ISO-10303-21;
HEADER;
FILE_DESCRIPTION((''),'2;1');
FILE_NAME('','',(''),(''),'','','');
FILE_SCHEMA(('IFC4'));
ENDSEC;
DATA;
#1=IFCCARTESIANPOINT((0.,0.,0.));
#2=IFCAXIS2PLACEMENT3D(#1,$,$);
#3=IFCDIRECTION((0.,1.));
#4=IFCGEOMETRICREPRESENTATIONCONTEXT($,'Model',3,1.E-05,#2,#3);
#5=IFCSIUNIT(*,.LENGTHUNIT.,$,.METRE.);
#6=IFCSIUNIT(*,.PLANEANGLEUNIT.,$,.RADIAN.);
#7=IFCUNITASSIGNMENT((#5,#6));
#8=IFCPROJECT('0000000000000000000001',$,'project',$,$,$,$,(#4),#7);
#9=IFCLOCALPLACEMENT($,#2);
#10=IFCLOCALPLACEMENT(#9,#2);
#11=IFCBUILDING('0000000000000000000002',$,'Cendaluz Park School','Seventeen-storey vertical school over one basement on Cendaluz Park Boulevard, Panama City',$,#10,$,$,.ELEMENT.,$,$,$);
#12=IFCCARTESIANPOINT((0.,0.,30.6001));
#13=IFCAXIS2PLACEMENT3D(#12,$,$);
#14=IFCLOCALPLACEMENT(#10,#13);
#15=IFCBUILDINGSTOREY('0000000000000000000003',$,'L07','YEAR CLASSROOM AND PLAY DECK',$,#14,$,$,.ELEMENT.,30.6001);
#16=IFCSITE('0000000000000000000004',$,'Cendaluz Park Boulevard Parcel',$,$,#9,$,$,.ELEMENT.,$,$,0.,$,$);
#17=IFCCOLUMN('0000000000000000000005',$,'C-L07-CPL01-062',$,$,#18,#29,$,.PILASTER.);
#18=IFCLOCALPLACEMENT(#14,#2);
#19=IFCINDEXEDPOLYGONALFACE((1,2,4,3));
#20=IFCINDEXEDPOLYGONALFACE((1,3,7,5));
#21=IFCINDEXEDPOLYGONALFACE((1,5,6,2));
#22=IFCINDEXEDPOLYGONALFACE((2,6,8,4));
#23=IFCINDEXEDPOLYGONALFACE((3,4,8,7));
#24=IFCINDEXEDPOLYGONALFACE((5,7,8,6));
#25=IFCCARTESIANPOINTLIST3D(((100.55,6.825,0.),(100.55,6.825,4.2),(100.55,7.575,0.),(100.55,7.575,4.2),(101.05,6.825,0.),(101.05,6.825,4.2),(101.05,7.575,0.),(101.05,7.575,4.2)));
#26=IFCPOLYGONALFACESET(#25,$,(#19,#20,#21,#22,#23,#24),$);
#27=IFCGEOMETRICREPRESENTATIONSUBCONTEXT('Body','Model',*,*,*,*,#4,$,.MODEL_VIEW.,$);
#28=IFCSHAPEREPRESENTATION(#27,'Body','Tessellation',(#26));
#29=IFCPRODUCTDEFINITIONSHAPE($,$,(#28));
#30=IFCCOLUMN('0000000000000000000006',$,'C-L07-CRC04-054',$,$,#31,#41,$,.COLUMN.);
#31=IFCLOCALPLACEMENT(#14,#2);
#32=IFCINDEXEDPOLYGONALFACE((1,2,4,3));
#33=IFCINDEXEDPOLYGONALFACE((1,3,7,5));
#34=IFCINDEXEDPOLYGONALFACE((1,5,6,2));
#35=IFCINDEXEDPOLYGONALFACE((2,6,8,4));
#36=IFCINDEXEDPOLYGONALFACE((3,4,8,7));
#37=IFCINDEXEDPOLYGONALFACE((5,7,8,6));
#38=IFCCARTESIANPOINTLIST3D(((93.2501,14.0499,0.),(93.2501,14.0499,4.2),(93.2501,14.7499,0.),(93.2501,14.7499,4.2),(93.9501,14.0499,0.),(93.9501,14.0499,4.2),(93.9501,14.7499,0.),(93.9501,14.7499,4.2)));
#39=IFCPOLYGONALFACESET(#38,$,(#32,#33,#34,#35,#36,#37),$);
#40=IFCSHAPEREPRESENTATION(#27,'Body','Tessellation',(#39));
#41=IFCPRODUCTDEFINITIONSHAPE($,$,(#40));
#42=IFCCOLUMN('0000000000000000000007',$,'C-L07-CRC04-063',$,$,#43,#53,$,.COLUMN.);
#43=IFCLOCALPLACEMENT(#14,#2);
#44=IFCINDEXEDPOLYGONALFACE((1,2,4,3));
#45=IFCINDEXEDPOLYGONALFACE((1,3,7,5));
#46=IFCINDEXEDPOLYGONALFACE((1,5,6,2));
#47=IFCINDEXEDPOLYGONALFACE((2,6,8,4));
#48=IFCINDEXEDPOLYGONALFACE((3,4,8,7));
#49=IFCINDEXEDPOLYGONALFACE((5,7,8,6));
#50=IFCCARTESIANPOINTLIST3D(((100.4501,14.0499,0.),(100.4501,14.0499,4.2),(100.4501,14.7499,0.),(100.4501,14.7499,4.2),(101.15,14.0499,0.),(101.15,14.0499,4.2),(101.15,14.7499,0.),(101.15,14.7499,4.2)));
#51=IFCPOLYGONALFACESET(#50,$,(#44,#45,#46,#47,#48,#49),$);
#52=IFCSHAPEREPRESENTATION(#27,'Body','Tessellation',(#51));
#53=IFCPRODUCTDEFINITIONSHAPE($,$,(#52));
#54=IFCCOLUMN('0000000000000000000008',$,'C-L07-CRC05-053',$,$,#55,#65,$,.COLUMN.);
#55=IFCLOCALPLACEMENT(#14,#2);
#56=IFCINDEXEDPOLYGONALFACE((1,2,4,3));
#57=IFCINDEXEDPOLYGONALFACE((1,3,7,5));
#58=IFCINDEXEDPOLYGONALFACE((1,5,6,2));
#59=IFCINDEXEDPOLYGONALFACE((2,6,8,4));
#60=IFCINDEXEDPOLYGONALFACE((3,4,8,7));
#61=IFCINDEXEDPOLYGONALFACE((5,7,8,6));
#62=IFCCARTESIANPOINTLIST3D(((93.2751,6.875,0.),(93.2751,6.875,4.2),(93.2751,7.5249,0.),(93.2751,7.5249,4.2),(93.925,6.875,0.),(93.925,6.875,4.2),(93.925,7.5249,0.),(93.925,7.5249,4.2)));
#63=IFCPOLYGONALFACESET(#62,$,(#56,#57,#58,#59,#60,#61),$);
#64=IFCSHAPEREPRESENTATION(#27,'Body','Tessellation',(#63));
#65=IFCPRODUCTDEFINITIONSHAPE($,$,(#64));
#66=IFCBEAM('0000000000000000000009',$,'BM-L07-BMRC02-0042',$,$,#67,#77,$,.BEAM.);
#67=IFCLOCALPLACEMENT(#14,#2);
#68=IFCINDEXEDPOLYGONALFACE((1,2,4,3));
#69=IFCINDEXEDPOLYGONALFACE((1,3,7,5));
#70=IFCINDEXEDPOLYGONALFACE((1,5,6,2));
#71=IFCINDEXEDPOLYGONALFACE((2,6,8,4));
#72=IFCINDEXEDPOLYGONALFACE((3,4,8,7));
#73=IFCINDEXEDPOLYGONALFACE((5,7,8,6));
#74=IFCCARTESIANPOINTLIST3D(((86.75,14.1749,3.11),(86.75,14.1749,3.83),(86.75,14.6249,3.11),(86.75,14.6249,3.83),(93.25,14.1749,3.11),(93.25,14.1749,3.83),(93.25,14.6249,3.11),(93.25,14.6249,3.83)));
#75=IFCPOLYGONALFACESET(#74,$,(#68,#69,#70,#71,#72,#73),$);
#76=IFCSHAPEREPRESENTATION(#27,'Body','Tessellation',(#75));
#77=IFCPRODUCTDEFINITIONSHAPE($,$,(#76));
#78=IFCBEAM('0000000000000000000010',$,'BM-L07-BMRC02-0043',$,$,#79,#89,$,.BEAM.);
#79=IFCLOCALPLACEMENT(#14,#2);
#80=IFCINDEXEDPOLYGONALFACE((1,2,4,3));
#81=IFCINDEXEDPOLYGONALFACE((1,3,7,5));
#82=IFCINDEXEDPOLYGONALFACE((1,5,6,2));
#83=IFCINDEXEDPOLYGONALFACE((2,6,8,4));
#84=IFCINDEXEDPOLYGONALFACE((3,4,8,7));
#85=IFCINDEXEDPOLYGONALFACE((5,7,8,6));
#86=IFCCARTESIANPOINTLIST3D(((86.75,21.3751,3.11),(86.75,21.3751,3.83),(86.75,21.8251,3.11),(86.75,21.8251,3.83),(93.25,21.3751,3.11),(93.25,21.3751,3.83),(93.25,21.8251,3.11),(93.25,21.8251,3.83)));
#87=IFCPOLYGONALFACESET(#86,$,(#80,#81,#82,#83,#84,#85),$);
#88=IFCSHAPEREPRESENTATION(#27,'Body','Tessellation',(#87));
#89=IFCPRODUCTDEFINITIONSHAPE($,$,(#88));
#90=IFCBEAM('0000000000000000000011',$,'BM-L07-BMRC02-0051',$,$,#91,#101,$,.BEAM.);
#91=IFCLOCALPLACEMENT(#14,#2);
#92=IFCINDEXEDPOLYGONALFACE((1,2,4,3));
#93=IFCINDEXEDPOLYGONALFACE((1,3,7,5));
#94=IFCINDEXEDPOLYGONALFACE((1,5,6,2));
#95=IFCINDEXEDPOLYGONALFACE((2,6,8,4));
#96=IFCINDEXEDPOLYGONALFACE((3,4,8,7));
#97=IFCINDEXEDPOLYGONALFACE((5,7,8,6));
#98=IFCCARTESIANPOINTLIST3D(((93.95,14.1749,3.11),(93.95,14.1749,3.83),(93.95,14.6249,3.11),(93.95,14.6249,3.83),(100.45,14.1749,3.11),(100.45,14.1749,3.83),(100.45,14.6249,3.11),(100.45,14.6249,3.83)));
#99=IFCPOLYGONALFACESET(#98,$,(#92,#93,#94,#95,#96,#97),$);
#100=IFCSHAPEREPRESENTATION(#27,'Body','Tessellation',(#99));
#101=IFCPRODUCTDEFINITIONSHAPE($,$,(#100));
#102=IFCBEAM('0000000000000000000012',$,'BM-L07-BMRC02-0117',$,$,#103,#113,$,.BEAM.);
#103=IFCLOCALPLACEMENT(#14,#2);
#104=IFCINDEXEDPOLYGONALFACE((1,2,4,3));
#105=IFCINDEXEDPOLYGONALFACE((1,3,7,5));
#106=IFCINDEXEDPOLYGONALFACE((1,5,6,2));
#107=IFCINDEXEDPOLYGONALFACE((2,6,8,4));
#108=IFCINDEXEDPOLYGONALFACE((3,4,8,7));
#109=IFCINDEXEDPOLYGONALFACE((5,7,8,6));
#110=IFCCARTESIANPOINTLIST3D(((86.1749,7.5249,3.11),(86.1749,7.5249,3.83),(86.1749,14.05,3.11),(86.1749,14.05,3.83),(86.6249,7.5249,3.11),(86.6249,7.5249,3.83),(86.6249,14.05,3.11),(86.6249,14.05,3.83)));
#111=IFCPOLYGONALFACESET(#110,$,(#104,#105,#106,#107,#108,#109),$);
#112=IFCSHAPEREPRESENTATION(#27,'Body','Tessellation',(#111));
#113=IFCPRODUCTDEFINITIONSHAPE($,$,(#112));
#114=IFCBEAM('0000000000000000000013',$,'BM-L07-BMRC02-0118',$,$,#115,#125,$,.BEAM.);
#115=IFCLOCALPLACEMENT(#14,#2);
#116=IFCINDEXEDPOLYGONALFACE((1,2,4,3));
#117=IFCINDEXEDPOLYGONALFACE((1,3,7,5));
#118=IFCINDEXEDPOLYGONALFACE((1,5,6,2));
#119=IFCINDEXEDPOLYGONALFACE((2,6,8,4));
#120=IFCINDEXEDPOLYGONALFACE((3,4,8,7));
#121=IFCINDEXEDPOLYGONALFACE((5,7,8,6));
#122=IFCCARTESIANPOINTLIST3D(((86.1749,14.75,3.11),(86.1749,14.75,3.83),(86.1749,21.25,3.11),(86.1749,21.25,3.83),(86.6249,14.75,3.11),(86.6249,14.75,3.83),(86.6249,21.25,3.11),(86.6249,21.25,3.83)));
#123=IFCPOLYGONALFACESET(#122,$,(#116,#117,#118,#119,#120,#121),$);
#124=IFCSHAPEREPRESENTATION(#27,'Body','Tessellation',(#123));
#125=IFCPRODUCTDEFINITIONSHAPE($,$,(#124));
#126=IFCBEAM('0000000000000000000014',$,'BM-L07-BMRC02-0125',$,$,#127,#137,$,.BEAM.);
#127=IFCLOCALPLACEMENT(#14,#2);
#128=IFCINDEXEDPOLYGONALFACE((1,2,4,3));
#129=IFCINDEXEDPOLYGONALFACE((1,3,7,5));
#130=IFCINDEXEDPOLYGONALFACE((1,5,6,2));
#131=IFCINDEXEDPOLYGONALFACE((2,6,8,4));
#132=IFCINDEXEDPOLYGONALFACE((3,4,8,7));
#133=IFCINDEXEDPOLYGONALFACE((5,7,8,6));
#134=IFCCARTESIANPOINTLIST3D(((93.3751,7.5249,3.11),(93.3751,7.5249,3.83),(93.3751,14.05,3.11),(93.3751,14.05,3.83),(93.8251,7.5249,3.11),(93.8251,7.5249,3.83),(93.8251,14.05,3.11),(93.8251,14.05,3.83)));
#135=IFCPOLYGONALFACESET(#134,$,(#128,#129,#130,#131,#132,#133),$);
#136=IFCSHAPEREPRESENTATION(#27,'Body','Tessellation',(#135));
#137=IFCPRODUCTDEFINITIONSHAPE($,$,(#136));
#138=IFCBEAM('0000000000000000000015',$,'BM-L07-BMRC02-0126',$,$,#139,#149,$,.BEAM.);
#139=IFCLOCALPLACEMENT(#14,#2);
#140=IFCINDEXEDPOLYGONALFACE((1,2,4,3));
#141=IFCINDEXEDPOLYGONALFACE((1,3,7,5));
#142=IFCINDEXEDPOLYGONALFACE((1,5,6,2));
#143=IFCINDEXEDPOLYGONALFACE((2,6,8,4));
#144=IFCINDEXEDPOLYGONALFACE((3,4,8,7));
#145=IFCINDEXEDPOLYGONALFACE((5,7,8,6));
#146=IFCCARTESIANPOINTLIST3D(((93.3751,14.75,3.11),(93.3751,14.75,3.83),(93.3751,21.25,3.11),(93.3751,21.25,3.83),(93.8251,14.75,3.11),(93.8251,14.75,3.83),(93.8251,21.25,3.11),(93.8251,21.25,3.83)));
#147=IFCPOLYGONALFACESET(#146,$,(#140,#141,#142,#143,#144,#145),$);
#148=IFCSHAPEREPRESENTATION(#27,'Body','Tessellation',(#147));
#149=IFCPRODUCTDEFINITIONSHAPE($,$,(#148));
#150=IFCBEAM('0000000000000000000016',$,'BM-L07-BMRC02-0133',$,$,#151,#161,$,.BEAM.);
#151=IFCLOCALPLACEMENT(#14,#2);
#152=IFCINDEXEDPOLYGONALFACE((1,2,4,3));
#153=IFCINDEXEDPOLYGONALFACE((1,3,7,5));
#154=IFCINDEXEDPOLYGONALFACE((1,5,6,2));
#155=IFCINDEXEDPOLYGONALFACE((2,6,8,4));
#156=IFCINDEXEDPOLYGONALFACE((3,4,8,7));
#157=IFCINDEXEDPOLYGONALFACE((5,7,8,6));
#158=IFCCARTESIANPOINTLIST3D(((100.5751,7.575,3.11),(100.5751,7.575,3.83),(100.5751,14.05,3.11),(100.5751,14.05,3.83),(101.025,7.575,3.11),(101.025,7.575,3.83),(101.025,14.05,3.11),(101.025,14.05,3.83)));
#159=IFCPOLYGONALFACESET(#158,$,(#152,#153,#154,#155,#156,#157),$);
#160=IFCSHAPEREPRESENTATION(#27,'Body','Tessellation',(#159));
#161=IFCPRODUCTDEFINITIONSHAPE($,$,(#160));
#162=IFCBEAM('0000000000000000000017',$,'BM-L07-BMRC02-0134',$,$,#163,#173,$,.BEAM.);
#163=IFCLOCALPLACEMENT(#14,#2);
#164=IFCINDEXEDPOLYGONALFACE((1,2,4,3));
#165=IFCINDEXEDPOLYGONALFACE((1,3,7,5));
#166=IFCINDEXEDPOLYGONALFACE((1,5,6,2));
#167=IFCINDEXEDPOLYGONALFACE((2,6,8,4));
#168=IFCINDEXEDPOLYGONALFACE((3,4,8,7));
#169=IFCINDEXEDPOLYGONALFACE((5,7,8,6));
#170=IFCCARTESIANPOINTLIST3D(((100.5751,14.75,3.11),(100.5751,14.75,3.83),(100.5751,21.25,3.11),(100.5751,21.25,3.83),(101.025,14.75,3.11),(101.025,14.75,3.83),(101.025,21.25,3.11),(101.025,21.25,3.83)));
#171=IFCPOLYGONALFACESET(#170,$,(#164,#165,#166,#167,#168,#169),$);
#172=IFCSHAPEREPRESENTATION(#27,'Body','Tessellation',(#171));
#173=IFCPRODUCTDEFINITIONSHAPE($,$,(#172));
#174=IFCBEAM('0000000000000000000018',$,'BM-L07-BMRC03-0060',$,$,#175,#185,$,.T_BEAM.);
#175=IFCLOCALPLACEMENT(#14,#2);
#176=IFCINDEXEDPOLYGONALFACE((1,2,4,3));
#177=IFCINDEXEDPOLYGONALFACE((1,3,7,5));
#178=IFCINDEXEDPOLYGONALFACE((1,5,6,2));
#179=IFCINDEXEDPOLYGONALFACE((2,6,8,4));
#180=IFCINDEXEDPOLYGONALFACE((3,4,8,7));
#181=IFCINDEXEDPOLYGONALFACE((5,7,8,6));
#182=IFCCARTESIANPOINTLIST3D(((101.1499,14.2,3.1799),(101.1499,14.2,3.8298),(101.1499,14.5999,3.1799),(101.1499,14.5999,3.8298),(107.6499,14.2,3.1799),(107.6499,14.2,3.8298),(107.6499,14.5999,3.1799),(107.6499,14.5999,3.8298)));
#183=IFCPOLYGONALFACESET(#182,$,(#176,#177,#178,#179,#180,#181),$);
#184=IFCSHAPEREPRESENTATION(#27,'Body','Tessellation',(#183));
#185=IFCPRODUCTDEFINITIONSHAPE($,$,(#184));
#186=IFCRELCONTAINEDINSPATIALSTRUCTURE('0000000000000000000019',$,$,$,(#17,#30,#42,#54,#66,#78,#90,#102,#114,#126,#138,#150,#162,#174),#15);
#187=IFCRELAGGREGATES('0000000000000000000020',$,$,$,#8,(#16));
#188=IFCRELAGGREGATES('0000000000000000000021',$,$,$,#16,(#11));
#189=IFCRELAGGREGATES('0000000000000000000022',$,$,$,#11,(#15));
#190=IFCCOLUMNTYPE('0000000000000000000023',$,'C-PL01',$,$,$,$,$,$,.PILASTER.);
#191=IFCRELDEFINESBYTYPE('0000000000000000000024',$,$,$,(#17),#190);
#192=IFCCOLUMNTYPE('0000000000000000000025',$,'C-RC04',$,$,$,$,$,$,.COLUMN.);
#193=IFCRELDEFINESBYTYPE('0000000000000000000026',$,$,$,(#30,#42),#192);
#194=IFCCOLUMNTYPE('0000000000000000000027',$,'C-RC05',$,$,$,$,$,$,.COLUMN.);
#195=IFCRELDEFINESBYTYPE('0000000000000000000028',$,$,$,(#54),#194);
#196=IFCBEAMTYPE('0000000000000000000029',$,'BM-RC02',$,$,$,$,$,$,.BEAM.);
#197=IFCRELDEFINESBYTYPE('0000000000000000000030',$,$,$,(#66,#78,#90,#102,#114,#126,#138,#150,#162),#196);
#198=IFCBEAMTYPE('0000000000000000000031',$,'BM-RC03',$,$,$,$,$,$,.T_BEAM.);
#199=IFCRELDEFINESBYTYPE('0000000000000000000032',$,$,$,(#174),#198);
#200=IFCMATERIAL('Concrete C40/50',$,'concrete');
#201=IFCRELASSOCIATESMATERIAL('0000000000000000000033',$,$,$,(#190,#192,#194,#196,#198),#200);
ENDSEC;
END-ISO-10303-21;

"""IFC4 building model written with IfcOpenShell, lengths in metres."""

from ifc_helpers import new_model, si_unit, direction, frame, origin, origin_2d, place, context, subcontext, project, spatial, rectangle, extrude, material, material_profile, profile_set, type_object, element, save


model = new_model("IFC4")

# Units and contexts
model_context = context("Model", 3, precision=1e-05, world=origin(), true_north=direction((0.0, 1.0)))
body_context = subcontext(model_context, "Body", "Model", "MODEL_VIEW")
ifc_project = project(units=[si_unit("LENGTHUNIT", "METRE"), si_unit("PLANEANGLEUNIT", "RADIAN")], contexts=[model_context])

# Site, building, storey
site_placement = place(None, origin())
site = spatial("IfcSite", under=ifc_project, at=site_placement, Name="Cendaluz Park Boulevard Parcel", CompositionType="ELEMENT", RefElevation=0.0)
building_placement = place(site_placement, origin())
building = spatial("IfcBuilding", under=site, at=building_placement, Name="Cendaluz Park School", Description="Seventeen-storey vertical school over one basement on Cendaluz Park Boulevard, Panama City", CompositionType="ELEMENT")
storey_placement = place(building_placement, frame((0.0, 0.0, 30.6001)))
storey = spatial("IfcBuildingStorey", under=building, at=storey_placement, Name="L07", Description="YEAR CLASSROOM AND PLAY DECK", CompositionType="ELEMENT", Elevation=30.6001)

# Columns
ifc_material_1 = material(Name="Concrete C40/50", Category="concrete")
ifc_material_profile_1 = material_profile(ifc_material_1, rectangle(XDim=0.5, YDim=0.75, at=origin_2d()), Name="RC 500x750", Category="concrete")
ifc_profile_set_1 = profile_set([ifc_material_profile_1], Name="Concrete C40/50")
column_type_1 = type_object("IfcColumnType", Name="C-PL01", PredefinedType="PILASTER", material=ifc_profile_set_1)
column_1_placement = place(storey_placement, frame((100.8, 7.2, 0.0), z_axis=(0.0, 0.0, 1.0), x_axis=(1.0, 0.0, 0.0)))
element("IfcColumn", 1, at=column_1_placement, inside=storey, type_object=column_type_1, Name="C-L07-CPL01-062", PredefinedType="PILASTER", context=body_context, shape_type="SweptSolid", body=[
    extrude(rectangle(XDim=0.5, YDim=0.75, at=origin_2d()), origin(), (0.0, 0.0, 1.0), 4.2),
])
ifc_material_profile_2 = material_profile(ifc_material_1, rectangle(XDim=0.7, YDim=0.7, at=origin_2d()), Name="RC 700x700", Category="concrete")
ifc_profile_set_2 = profile_set([ifc_material_profile_2], Name="Concrete C40/50")
column_type_2 = type_object("IfcColumnType", Name="C-RC04", PredefinedType="COLUMN", material=ifc_profile_set_2)
for number, where, z_axis, x_axis, name in (
    (2, (93.6001, 14.3999, 0.0), (0.0, 0.0, 1.0), (1.0, 0.0, 0.0), "C-L07-CRC04-054"),
    (3, (100.8, 14.3999, 0.0), (0.0, 0.0, 1.0), (1.0, 0.0, 0.0), "C-L07-CRC04-063"),
):
    element("IfcColumn", number, at=place(storey_placement, frame(where, z_axis=z_axis, x_axis=x_axis)), inside=storey, type_object=column_type_2, Name=name, PredefinedType="COLUMN", context=body_context, shape_type="SweptSolid", body=[
        extrude(rectangle(XDim=0.7, YDim=0.7, at=origin_2d()), origin(), (0.0, 0.0, 1.0), 4.2),
    ])
ifc_material_profile_3 = material_profile(ifc_material_1, rectangle(XDim=0.6499, YDim=0.6499, at=origin_2d()), Name="RC 650x650", Category="concrete")
ifc_profile_set_3 = profile_set([ifc_material_profile_3], Name="Concrete C40/50")
column_type_3 = type_object("IfcColumnType", Name="C-RC05", PredefinedType="COLUMN", material=ifc_profile_set_3)
column_2_placement = place(storey_placement, frame((93.6001, 7.2, 0.0), z_axis=(0.0, 0.0, 1.0), x_axis=(1.0, 0.0, 0.0)))
element("IfcColumn", 4, at=column_2_placement, inside=storey, type_object=column_type_3, Name="C-L07-CRC05-053", PredefinedType="COLUMN", context=body_context, shape_type="SweptSolid", body=[
    extrude(rectangle(XDim=0.6499, YDim=0.6499, at=origin_2d()), origin(), (0.0, 0.0, 1.0), 4.2),
])

# Beams
ifc_material_profile_4 = material_profile(ifc_material_1, rectangle(XDim=0.45, YDim=0.72, at=origin_2d()), Name="RC 450x720", Category="concrete")
ifc_profile_set_4 = profile_set([ifc_material_profile_4], Name="Concrete C40/50")
beam_type_1 = type_object("IfcBeamType", Name="BM-RC02", PredefinedType="BEAM", material=ifc_profile_set_4)
for number, where, z_axis, x_axis, name in (
    (5, (86.75, 14.3999, 3.47), (1.0, 0.0, 0.0), (0.0, 1.0, 0.0), "BM-L07-BMRC02-0042"),
    (6, (86.75, 21.6001, 3.47), (1.0, 0.0, 0.0), (0.0, 1.0, 0.0), "BM-L07-BMRC02-0043"),
    (7, (93.95, 14.3999, 3.47), (1.0, 0.0, 0.0), (0.0, 1.0, 0.0), "BM-L07-BMRC02-0051"),
):
    element("IfcBeam", number, at=place(storey_placement, frame(where, z_axis=z_axis, x_axis=x_axis)), inside=storey, type_object=beam_type_1, Name=name, PredefinedType="BEAM", context=body_context, shape_type="SweptSolid", body=[
        extrude(rectangle(XDim=0.45, YDim=0.72, at=origin_2d()), origin(), (0.0, 0.0, 1.0), 6.5),
    ])
beam_1_placement = place(storey_placement, frame((86.3999, 7.5249, 3.47), z_axis=(0.0, 1.0, 0.0), x_axis=(-1.0, 0.0, 0.0)))
element("IfcBeam", 8, at=beam_1_placement, inside=storey, type_object=beam_type_1, Name="BM-L07-BMRC02-0117", PredefinedType="BEAM", context=body_context, shape_type="SweptSolid", body=[
    extrude(rectangle(XDim=0.45, YDim=0.72, at=origin_2d()), origin(), (0.0, 0.0, 1.0), 6.5251),
])
beam_2_placement = place(storey_placement, frame((86.3999, 14.75, 3.47), z_axis=(0.0, 1.0, 0.0), x_axis=(-1.0, 0.0, 0.0)))
element("IfcBeam", 9, at=beam_2_placement, inside=storey, type_object=beam_type_1, Name="BM-L07-BMRC02-0118", PredefinedType="BEAM", context=body_context, shape_type="SweptSolid", body=[
    extrude(rectangle(XDim=0.45, YDim=0.72, at=origin_2d()), origin(), (0.0, 0.0, 1.0), 6.5),
])
beam_3_placement = place(storey_placement, frame((93.6001, 7.5249, 3.47), z_axis=(0.0, 1.0, 0.0), x_axis=(-1.0, 0.0, 0.0)))
element("IfcBeam", 10, at=beam_3_placement, inside=storey, type_object=beam_type_1, Name="BM-L07-BMRC02-0125", PredefinedType="BEAM", context=body_context, shape_type="SweptSolid", body=[
    extrude(rectangle(XDim=0.45, YDim=0.72, at=origin_2d()), origin(), (0.0, 0.0, 1.0), 6.5251),
])
beam_4_placement = place(storey_placement, frame((93.6001, 14.75, 3.47), z_axis=(0.0, 1.0, 0.0), x_axis=(-1.0, 0.0, 0.0)))
element("IfcBeam", 11, at=beam_4_placement, inside=storey, type_object=beam_type_1, Name="BM-L07-BMRC02-0126", PredefinedType="BEAM", context=body_context, shape_type="SweptSolid", body=[
    extrude(rectangle(XDim=0.45, YDim=0.72, at=origin_2d()), origin(), (0.0, 0.0, 1.0), 6.5),
])
beam_5_placement = place(storey_placement, frame((100.8, 7.575, 3.47), z_axis=(0.0, 1.0, 0.0), x_axis=(-1.0, 0.0, 0.0)))
element("IfcBeam", 12, at=beam_5_placement, inside=storey, type_object=beam_type_1, Name="BM-L07-BMRC02-0133", PredefinedType="BEAM", context=body_context, shape_type="SweptSolid", body=[
    extrude(rectangle(XDim=0.45, YDim=0.72, at=origin_2d()), origin(), (0.0, 0.0, 1.0), 6.4751),
])
beam_6_placement = place(storey_placement, frame((100.8, 14.75, 3.47), z_axis=(0.0, 1.0, 0.0), x_axis=(-1.0, 0.0, 0.0)))
element("IfcBeam", 13, at=beam_6_placement, inside=storey, type_object=beam_type_1, Name="BM-L07-BMRC02-0134", PredefinedType="BEAM", context=body_context, shape_type="SweptSolid", body=[
    extrude(rectangle(XDim=0.45, YDim=0.72, at=origin_2d()), origin(), (0.0, 0.0, 1.0), 6.5),
])
ifc_material_profile_5 = material_profile(ifc_material_1, rectangle(XDim=0.3999, YDim=0.6499, at=origin_2d()), Name="RC 400x650", Category="concrete")
ifc_profile_set_5 = profile_set([ifc_material_profile_5], Name="Concrete C40/50")
beam_type_2 = type_object("IfcBeamType", Name="BM-RC03", PredefinedType="T_BEAM", material=ifc_profile_set_5)
beam_7_placement = place(storey_placement, frame((101.1499, 14.3999, 3.5049), z_axis=(1.0, 0.0, 0.0), x_axis=(0.0, 1.0, 0.0)))
element("IfcBeam", 14, at=beam_7_placement, inside=storey, type_object=beam_type_2, Name="BM-L07-BMRC03-0060", PredefinedType="T_BEAM", context=body_context, shape_type="SweptSolid", body=[
    extrude(rectangle(XDim=0.3999, YDim=0.6499, at=origin_2d()), origin(), (0.0, 0.0, 1.0), 6.5),
])

save(model, "model.ifc")
